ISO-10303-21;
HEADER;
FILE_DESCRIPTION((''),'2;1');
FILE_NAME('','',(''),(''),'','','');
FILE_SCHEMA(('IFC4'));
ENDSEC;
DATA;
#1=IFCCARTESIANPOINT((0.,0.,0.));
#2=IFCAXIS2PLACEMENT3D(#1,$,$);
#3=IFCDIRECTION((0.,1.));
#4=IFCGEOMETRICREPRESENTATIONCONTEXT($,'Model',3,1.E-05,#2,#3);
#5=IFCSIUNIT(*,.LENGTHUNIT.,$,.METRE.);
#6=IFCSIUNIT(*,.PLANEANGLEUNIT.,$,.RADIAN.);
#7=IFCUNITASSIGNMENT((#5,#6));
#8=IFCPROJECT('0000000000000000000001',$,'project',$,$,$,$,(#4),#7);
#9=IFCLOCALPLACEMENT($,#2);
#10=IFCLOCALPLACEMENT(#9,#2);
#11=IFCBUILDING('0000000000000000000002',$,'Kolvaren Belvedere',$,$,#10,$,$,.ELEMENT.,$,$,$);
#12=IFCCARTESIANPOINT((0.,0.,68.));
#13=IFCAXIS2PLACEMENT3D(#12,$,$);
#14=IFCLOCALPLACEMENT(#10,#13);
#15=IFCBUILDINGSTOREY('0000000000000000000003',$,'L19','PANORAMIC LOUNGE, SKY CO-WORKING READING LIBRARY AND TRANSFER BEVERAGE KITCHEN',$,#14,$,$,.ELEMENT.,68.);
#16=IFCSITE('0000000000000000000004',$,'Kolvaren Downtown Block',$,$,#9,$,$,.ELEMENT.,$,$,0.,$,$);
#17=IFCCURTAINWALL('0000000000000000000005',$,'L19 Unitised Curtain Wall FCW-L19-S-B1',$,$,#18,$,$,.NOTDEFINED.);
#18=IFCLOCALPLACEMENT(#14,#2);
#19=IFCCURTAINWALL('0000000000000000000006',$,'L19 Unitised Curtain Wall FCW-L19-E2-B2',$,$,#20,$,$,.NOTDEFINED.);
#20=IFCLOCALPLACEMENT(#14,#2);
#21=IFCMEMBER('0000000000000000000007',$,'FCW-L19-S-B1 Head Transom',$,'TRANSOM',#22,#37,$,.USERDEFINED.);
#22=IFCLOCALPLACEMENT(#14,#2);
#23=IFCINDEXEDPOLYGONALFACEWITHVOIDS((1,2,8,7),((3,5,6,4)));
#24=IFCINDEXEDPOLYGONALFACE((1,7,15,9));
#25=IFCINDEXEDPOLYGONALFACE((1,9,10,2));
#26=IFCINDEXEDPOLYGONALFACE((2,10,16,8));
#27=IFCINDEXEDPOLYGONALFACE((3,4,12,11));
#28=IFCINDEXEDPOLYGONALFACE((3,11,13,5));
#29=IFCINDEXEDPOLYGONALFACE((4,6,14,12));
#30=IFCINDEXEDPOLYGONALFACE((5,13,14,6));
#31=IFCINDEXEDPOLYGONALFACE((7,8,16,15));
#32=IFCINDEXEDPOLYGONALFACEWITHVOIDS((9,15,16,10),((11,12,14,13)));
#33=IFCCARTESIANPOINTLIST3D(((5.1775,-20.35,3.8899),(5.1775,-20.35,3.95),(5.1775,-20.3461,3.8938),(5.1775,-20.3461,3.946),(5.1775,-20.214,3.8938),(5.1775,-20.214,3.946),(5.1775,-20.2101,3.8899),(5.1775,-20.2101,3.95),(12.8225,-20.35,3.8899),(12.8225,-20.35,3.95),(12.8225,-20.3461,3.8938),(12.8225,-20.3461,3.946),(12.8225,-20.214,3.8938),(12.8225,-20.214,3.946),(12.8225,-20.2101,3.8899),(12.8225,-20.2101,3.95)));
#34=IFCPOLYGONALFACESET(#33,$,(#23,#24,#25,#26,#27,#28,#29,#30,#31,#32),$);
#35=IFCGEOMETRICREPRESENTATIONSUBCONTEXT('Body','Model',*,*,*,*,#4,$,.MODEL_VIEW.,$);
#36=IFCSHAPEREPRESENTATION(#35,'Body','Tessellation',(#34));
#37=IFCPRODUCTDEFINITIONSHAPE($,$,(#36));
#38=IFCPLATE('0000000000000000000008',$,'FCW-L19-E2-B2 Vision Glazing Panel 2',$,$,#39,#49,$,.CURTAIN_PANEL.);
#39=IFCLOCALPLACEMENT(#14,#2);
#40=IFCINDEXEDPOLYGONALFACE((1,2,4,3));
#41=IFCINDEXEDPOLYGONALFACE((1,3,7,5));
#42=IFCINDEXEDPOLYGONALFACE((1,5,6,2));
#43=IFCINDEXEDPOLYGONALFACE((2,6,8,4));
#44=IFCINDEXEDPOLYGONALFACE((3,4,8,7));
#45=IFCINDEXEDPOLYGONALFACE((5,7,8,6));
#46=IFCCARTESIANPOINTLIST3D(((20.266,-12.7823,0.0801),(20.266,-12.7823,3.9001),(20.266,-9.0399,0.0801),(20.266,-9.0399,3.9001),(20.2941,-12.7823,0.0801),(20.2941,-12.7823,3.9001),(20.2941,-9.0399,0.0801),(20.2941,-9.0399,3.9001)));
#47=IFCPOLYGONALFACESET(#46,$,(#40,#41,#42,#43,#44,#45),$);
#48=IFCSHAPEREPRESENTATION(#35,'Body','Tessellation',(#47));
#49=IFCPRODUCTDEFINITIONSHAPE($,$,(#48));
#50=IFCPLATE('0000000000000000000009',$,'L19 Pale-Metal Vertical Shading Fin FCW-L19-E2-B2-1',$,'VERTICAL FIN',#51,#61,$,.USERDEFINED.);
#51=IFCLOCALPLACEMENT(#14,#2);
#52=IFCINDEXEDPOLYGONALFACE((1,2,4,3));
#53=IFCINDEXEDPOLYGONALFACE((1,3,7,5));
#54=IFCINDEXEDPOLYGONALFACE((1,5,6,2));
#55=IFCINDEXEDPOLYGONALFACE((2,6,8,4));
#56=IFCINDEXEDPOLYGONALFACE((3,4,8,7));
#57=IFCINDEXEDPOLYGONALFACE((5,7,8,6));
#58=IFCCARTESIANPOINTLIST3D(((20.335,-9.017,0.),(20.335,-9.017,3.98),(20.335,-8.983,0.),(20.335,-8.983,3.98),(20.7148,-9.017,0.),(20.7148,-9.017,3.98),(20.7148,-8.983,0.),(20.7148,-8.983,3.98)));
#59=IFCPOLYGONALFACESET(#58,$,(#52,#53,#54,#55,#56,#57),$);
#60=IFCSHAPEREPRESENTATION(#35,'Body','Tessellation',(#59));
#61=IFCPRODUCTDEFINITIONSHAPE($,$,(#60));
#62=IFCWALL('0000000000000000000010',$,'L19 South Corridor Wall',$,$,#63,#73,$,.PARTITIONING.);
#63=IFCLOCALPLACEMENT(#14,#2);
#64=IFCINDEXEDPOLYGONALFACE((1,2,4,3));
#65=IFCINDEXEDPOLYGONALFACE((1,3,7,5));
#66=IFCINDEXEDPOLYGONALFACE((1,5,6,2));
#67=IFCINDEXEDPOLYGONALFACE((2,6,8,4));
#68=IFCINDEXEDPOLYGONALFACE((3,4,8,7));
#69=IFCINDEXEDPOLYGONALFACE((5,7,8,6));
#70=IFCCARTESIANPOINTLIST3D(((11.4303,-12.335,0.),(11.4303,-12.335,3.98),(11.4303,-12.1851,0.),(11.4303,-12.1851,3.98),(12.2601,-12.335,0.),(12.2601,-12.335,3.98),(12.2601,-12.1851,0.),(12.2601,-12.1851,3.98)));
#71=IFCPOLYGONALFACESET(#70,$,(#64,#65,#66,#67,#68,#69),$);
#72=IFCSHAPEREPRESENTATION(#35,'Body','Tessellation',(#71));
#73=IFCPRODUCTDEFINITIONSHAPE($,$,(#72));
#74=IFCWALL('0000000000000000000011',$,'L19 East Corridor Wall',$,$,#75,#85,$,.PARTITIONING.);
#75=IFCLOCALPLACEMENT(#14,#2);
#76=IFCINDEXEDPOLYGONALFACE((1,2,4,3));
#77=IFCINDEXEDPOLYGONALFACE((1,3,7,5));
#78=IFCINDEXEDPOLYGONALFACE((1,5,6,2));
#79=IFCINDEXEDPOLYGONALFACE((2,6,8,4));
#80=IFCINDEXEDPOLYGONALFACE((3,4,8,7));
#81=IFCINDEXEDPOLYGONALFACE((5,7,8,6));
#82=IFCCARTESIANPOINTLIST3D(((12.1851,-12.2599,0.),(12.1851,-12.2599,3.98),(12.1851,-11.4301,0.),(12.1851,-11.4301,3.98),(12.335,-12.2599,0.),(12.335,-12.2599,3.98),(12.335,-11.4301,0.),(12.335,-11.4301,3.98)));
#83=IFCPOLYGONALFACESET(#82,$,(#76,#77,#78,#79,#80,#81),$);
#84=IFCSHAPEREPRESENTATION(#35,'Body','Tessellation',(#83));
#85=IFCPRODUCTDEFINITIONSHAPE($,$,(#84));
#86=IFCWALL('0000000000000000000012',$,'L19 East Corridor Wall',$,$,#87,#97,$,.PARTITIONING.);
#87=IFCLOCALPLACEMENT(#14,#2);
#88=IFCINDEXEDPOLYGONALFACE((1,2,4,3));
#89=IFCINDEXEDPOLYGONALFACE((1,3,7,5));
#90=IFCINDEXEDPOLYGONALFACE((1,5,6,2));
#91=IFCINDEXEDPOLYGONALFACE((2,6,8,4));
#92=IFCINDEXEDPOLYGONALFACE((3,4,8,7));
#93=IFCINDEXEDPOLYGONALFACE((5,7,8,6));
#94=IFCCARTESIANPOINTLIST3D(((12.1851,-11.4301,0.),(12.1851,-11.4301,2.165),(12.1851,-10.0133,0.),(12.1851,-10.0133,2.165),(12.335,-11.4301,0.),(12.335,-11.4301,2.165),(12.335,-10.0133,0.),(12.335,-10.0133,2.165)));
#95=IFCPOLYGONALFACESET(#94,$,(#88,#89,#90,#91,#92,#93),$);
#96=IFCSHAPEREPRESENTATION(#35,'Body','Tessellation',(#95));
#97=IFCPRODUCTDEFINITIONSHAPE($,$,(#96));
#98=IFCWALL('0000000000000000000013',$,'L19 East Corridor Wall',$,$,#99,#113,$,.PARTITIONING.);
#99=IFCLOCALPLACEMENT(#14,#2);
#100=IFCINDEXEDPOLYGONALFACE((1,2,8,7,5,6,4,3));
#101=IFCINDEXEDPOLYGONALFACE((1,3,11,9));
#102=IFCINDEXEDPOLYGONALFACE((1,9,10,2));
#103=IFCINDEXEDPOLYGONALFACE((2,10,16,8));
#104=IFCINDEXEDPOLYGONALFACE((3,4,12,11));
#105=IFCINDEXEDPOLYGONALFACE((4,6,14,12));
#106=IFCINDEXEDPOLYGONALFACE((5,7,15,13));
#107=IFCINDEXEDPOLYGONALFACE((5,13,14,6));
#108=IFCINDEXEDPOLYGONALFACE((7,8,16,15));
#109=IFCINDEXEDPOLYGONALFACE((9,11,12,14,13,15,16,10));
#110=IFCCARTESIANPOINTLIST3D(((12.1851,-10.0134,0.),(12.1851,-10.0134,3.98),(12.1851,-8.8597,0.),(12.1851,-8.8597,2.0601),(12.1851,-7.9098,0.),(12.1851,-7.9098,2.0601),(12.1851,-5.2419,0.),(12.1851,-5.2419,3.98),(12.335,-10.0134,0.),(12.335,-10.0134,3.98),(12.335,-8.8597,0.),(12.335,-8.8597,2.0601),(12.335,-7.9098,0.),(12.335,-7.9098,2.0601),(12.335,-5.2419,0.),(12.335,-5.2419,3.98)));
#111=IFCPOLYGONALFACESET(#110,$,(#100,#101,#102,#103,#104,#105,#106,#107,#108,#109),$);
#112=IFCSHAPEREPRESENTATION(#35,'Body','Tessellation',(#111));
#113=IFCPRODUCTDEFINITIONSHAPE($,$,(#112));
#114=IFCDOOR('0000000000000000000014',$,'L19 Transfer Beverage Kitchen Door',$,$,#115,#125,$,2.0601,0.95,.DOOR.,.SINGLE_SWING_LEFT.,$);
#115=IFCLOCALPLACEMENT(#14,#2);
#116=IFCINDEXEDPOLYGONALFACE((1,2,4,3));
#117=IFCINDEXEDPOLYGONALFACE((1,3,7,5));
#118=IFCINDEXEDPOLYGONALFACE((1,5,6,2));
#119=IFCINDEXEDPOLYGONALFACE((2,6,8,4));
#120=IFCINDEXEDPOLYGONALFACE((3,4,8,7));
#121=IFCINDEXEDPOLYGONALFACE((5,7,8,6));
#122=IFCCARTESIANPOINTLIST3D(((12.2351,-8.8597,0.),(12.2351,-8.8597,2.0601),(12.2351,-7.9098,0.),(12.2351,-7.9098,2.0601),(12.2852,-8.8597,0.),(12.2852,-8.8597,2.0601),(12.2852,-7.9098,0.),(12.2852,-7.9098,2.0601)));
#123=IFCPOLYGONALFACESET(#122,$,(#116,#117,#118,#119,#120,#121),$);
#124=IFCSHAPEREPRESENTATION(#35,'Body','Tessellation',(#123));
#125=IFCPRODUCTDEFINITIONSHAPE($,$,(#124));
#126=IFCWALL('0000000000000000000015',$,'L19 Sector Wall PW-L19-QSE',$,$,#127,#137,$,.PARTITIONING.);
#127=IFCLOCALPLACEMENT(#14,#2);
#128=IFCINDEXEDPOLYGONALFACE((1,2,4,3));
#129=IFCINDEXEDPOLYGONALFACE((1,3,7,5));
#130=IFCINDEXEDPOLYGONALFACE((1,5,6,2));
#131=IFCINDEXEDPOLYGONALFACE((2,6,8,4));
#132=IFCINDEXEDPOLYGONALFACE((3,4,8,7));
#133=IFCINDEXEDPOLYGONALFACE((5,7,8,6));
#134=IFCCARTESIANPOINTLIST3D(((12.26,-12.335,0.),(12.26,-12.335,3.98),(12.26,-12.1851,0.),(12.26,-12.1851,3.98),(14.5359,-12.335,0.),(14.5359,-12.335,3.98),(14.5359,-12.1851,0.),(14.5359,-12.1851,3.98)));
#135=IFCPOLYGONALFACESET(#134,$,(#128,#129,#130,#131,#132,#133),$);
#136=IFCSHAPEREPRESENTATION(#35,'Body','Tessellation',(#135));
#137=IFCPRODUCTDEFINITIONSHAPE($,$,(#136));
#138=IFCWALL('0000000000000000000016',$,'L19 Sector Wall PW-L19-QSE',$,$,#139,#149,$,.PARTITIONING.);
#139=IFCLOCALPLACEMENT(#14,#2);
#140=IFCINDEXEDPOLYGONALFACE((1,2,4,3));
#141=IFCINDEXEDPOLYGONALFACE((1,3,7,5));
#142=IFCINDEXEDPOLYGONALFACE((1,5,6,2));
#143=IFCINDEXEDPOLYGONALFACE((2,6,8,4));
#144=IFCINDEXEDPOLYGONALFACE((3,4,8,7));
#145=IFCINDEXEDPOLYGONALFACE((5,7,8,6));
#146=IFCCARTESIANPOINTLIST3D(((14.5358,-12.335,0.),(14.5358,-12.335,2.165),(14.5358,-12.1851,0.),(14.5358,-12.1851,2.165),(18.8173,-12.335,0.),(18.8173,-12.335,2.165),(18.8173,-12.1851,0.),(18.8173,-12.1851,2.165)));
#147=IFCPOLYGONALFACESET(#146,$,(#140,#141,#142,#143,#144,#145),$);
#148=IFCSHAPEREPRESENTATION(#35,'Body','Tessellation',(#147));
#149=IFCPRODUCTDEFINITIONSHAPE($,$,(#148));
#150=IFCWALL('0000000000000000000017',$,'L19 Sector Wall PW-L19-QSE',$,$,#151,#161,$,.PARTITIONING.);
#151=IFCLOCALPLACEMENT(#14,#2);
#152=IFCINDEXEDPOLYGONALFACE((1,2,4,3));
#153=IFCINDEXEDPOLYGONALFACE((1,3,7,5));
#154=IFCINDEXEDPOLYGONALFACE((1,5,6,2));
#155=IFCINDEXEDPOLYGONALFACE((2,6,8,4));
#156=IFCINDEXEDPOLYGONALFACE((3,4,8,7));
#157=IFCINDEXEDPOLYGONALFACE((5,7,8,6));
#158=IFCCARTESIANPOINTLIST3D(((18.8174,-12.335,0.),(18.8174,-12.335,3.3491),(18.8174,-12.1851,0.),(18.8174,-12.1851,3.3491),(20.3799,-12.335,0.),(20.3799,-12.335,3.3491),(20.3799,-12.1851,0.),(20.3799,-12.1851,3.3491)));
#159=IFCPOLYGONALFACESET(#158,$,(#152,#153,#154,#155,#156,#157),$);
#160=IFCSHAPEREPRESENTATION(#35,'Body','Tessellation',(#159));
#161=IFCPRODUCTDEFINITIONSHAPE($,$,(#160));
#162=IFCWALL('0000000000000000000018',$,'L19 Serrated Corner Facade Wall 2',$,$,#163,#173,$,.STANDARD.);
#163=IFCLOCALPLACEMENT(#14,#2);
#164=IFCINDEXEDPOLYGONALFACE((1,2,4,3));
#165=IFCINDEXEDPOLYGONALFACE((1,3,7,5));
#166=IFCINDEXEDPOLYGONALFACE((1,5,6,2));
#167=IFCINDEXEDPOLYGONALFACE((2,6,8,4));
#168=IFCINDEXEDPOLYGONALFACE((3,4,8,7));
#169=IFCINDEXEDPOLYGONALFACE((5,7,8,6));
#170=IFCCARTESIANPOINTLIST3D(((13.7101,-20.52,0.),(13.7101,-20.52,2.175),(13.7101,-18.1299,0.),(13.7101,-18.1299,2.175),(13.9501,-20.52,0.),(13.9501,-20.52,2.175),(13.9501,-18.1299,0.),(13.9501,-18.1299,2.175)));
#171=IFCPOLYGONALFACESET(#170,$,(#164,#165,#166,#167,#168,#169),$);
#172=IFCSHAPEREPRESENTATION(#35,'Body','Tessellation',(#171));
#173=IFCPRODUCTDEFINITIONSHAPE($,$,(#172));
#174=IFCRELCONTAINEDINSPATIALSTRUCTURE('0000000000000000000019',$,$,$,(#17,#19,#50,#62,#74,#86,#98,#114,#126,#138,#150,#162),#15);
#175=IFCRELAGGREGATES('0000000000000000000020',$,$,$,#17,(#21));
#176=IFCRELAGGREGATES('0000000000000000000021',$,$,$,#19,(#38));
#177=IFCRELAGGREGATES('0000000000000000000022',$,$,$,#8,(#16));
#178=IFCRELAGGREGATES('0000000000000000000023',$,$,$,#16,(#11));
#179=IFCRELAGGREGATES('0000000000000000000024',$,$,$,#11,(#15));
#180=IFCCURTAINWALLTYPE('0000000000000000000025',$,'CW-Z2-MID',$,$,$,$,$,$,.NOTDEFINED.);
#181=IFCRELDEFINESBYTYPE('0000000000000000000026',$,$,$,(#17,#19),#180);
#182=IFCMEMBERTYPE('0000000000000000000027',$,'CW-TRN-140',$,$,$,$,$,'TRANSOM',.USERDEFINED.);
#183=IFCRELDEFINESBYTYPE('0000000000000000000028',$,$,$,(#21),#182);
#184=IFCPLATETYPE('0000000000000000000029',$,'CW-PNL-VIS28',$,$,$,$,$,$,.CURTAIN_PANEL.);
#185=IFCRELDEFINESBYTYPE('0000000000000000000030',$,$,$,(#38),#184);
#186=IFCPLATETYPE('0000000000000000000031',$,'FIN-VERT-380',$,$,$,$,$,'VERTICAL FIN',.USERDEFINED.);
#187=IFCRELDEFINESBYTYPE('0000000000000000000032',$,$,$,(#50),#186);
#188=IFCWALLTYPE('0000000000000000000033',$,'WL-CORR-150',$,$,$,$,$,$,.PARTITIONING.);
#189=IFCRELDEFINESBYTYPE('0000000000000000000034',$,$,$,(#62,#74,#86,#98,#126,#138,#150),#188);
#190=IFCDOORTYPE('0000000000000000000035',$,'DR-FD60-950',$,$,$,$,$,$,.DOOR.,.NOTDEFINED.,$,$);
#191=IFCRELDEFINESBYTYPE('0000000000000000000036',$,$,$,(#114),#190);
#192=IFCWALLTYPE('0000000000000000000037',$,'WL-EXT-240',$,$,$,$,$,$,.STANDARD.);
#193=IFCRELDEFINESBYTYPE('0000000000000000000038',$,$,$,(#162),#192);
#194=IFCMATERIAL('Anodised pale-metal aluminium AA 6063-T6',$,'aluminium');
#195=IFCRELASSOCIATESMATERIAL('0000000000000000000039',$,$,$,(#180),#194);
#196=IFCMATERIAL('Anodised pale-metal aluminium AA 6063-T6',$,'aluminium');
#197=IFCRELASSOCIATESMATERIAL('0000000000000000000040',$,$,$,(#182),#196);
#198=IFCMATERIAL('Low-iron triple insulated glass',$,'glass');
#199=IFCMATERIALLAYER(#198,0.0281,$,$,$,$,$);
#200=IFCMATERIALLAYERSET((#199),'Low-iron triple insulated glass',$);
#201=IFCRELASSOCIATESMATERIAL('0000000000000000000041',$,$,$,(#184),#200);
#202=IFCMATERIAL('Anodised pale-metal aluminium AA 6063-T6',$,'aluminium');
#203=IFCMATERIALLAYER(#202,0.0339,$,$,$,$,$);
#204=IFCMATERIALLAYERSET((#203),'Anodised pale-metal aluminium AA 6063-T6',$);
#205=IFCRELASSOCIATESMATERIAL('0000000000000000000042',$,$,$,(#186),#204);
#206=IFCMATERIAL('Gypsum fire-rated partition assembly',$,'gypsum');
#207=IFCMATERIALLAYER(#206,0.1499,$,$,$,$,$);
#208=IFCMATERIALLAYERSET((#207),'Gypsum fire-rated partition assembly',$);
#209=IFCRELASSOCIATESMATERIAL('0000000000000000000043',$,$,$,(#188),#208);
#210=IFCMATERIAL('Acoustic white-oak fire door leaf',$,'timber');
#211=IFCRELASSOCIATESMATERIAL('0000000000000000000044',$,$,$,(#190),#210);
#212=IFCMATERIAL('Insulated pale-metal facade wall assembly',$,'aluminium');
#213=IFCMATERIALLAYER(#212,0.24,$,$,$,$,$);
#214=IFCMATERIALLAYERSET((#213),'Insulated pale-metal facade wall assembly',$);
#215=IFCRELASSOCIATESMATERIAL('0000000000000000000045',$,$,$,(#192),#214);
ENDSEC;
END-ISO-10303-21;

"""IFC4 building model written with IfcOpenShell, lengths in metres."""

from ifc_helpers import new_model, si_unit, direction, frame, frame_2d, origin, origin_2d, place, context, subcontext, project, spatial, rectangle, hollow_rectangle, extrude, material, layer, layer_set, material_profile, profile_set, type_object, element, fill, aggregate, save


model = new_model("IFC4")

# Units and contexts
model_context = context("Model", 3, precision=1e-05, world=origin(), true_north=direction((0.0, 1.0)))
body_context = subcontext(model_context, "Body", "Model", "MODEL_VIEW")
ifc_project = project(units=[si_unit("LENGTHUNIT", "METRE"), si_unit("PLANEANGLEUNIT", "RADIAN")], contexts=[model_context])

# Site, building, storey
site_placement = place(None, origin())
site = spatial("IfcSite", under=ifc_project, at=site_placement, Name="Kolvaren Downtown Block", CompositionType="ELEMENT", RefElevation=0.0)
building_placement = place(site_placement, origin())
building = spatial("IfcBuilding", under=site, at=building_placement, Name="Kolvaren Belvedere", CompositionType="ELEMENT")
storey_placement = place(building_placement, frame((0.0, 0.0, 68.0)))
storey = spatial("IfcBuildingStorey", under=building, at=storey_placement, Name="L19", Description="PANORAMIC LOUNGE, SKY CO-WORKING READING LIBRARY AND TRANSFER BEVERAGE KITCHEN", CompositionType="ELEMENT", Elevation=68.0)

# Curtain wall
ifc_material_1 = material(Name="Anodised pale-metal aluminium AA 6063-T6", Category="aluminium")
curtain_wall_type = type_object("IfcCurtainWallType", Name="CW-Z2-MID", PredefinedType="NOTDEFINED", material=ifc_material_1)
curtain_wall_1_placement = place(storey_placement, origin())
curtain_wall_1 = element("IfcCurtainWall", 1, at=curtain_wall_1_placement, inside=storey, type_object=curtain_wall_type, Name="L19 Unitised Curtain Wall FCW-L19-S-B1", PredefinedType="NOTDEFINED")

# Curtain wall
curtain_wall_2_placement = place(storey_placement, origin())
curtain_wall_2 = element("IfcCurtainWall", 2, at=curtain_wall_2_placement, inside=storey, type_object=curtain_wall_type, Name="L19 Unitised Curtain Wall FCW-L19-E2-B2", PredefinedType="NOTDEFINED")

# Member
ifc_material_2 = material(Name="Anodised pale-metal aluminium AA 6063-T6", Category="aluminium")
ifc_material_profile_1 = material_profile(ifc_material_2, hollow_rectangle(XDim=0.0601, YDim=0.1399, WallThickness=0.0039, at=origin_2d()), Name="ALU-TRN-140X60")
ifc_profile_set_1 = profile_set([ifc_material_profile_1], Name="Anodised pale-metal aluminium AA 6063-T6")
member_type_1 = type_object("IfcMemberType", Name="CW-TRN-140", ElementType="TRANSOM", PredefinedType="USERDEFINED", material=ifc_profile_set_1)
member_1_placement = place(storey_placement, frame((12.8225, -20.28, 3.9199), z_axis=(-1.0, 0.0, 0.0), x_axis=(0.0, 0.0, 1.0)))
member_1 = element("IfcMember", 3, at=member_1_placement, type_object=member_type_1, Name="FCW-L19-S-B1 Head Transom", ObjectType="TRANSOM", PredefinedType="USERDEFINED", context=body_context, shape_type="SweptSolid", body=[
    extrude(hollow_rectangle(XDim=0.0601, YDim=0.1399, WallThickness=0.0039, at=origin_2d()), origin(), (0.0, 0.0, 1.0), 7.645),
])
aggregate(curtain_wall_1, [member_1])

# Plates
ifc_material_3 = material(Name="Low-iron triple insulated glass", Category="glass")
ifc_layer_1 = layer(ifc_material_3, 0.0281)
ifc_layer_set_1 = layer_set([ifc_layer_1], Name="Low-iron triple insulated glass")
plate_type_1 = type_object("IfcPlateType", Name="CW-PNL-VIS28", PredefinedType="CURTAIN_PANEL", material=ifc_layer_set_1)
plate_1_placement = place(storey_placement, frame((20.28, -10.9111, 0.0801), z_axis=(0.0, 0.0, 1.0), x_axis=(0.0, -1.0, 0.0)))
plate_1 = element("IfcPlate", 4, at=plate_1_placement, type_object=plate_type_1, Name="FCW-L19-E2-B2 Vision Glazing Panel 2", PredefinedType="CURTAIN_PANEL", context=body_context, shape_type="SweptSolid", body=[
    extrude(rectangle(XDim=3.7424, YDim=0.0281, at=origin_2d()), origin(), (0.0, 0.0, 1.0), 3.8201),
])
aggregate(curtain_wall_2, [plate_1])
ifc_material_4 = material(Name="Anodised pale-metal aluminium AA 6063-T6", Category="aluminium")
ifc_layer_2 = layer(ifc_material_4, 0.0339)
ifc_layer_set_2 = layer_set([ifc_layer_2], Name="Anodised pale-metal aluminium AA 6063-T6")
plate_type_2 = type_object("IfcPlateType", Name="FIN-VERT-380", ElementType="VERTICAL FIN", PredefinedType="USERDEFINED", material=ifc_layer_set_2)
plate_2_placement = place(storey_placement, frame((20.5249, -9.0, 0.0), z_axis=(0.0, 0.0, 1.0), x_axis=(1.0, 0.0, 0.0)))
element("IfcPlate", 5, at=plate_2_placement, inside=storey, type_object=plate_type_2, Name="L19 Pale-Metal Vertical Shading Fin FCW-L19-E2-B2-1", ObjectType="VERTICAL FIN", PredefinedType="USERDEFINED", context=body_context, shape_type="SweptSolid", body=[
    extrude(rectangle(XDim=0.3799, YDim=0.0339, at=origin_2d()), origin(), (0.0, 0.0, 1.0), 3.98),
])

# Walls
ifc_material_5 = material(Name="Gypsum fire-rated partition assembly", Category="gypsum")
ifc_layer_3 = layer(ifc_material_5, 0.1499)
ifc_layer_set_3 = layer_set([ifc_layer_3], Name="Gypsum fire-rated partition assembly")
wall_type_1 = type_object("IfcWallType", Name="WL-CORR-150", PredefinedType="PARTITIONING", material=ifc_layer_set_3)
for number, where, z_axis, x_axis, name in (
    (6, (11.4302, -12.26, 0.0), (0.0, 0.0, 1.0), (1.0, 0.0, 0.0), "L19 South Corridor Wall"),
    (7, (12.26, -12.26, 0.0), (0.0, 0.0, 1.0), (0.0, 1.0, 0.0), "L19 East Corridor Wall"),
):
    element("IfcWall", number, at=place(storey_placement, frame(where, z_axis=z_axis, x_axis=x_axis)), inside=storey, type_object=wall_type_1, Name=name, PredefinedType="PARTITIONING", context=body_context, shape_type="SweptSolid", body=[
        extrude(rectangle(XDim=0.8298, YDim=0.1499, at=frame_2d((0.415, 0.0))), origin(), (0.0, 0.0, 1.0), 3.98),
    ])
wall_1_placement = place(storey_placement, frame((12.26, -11.4302, 0.0), z_axis=(0.0, 0.0, 1.0), x_axis=(0.0, 1.0, 0.0)))
element("IfcWall", 8, at=wall_1_placement, inside=storey, type_object=wall_type_1, Name="L19 East Corridor Wall", PredefinedType="PARTITIONING", context=body_context, shape_type="SweptSolid", body=[
    extrude(rectangle(XDim=1.4167, YDim=0.1499, at=frame_2d((0.7085, 0.0))), origin(), (0.0, 0.0, 1.0), 2.165),
])

# Wall, opening, door
wall_2_placement = place(storey_placement, frame((12.26, -10.0134, 0.0), z_axis=(0.0, 0.0, 1.0), x_axis=(0.0, 1.0, 0.0)))
wall_2 = element("IfcWall", 9, at=wall_2_placement, inside=storey, type_object=wall_type_1, Name="L19 East Corridor Wall", PredefinedType="PARTITIONING", context=body_context, shape_type="SweptSolid", body=[
    extrude(rectangle(XDim=4.7715, YDim=0.1499, at=frame_2d((2.3857, 0.0))), origin(), (0.0, 0.0, 1.0), 3.98),
])
opening_1_placement = place(wall_2_placement, frame((1.1536, 0.0, 0.0)))
opening_1 = element("IfcOpeningElement", 10, at=opening_1_placement, cuts=wall_2, PredefinedType="OPENING", context=body_context, shape_type="SweptSolid", body=[
    extrude(rectangle(XDim=0.95, YDim=2.0601, at=frame_2d((0.4751, 1.03))), frame((0.0, 0.085, 0.0), z_axis=(0.0, -1.0, 0.0), x_axis=(1.0, 0.0, 0.0)), (0.0, 0.0, 1.0), 0.1699),
])
ifc_material_6 = material(Name="Acoustic white-oak fire door leaf", Category="timber")
door_type = type_object("IfcDoorType", Name="DR-FD60-950", OperationType="NOTDEFINED", PredefinedType="DOOR", material=ifc_material_6)
door_placement = place(opening_1_placement, origin())
door = element("IfcDoor", 11, at=door_placement, inside=storey, type_object=door_type, Name="L19 Transfer Beverage Kitchen Door", OperationType="SINGLE_SWING_LEFT", OverallHeight=2.0601, OverallWidth=0.95, PredefinedType="DOOR", context=body_context, shape_type="SweptSolid", body=[
    extrude(rectangle(XDim=0.95, YDim=2.0601, at=frame_2d((0.4751, 1.03))), frame((0.0, 0.0249, 0.0), z_axis=(0.0, -1.0, 0.0), x_axis=(1.0, 0.0, 0.0)), (0.0, 0.0, 1.0), 0.05),
])
fill(opening_1, door)

# Walls
wall_3_placement = place(storey_placement, frame((12.26, -12.26, 0.0), z_axis=(0.0, 0.0, 1.0), x_axis=(1.0, 0.0, 0.0)))
element("IfcWall", 12, at=wall_3_placement, inside=storey, type_object=wall_type_1, Name="L19 Sector Wall PW-L19-QSE", PredefinedType="PARTITIONING", context=body_context, shape_type="SweptSolid", body=[
    extrude(rectangle(XDim=2.2759, YDim=0.1499, at=frame_2d((1.1379, 0.0))), origin(), (0.0, 0.0, 1.0), 3.98),
])
wall_4_placement = place(storey_placement, frame((14.5359, -12.26, 0.0), z_axis=(0.0, 0.0, 1.0), x_axis=(1.0, 0.0, 0.0)))
element("IfcWall", 13, at=wall_4_placement, inside=storey, type_object=wall_type_1, Name="L19 Sector Wall PW-L19-QSE", PredefinedType="PARTITIONING", context=body_context, shape_type="SweptSolid", body=[
    extrude(rectangle(XDim=4.2815, YDim=0.1499, at=frame_2d((2.1406, 0.0))), origin(), (0.0, 0.0, 1.0), 2.165),
])
wall_5_placement = place(storey_placement, frame((18.8174, -12.26, 0.0), z_axis=(0.0, 0.0, 1.0), x_axis=(1.0, 0.0, 0.0)))
element("IfcWall", 14, at=wall_5_placement, inside=storey, type_object=wall_type_1, Name="L19 Sector Wall PW-L19-QSE", PredefinedType="PARTITIONING", context=body_context, shape_type="SweptSolid", body=[
    extrude(rectangle(XDim=1.5625, YDim=0.1499, at=frame_2d((0.7812, 0.0))), origin(), (0.0, 0.0, 1.0), 3.3491),
])
ifc_material_7 = material(Name="Insulated pale-metal facade wall assembly", Category="aluminium")
ifc_layer_4 = layer(ifc_material_7, 0.24)
ifc_layer_set_4 = layer_set([ifc_layer_4], Name="Insulated pale-metal facade wall assembly")
wall_type_2 = type_object("IfcWallType", Name="WL-EXT-240", PredefinedType="STANDARD", material=ifc_layer_set_4)
wall_6_placement = place(storey_placement, frame((13.8301, -18.1299, 0.0), z_axis=(0.0, 0.0, 1.0), x_axis=(0.0, -1.0, 0.0)))
element("IfcWall", 15, at=wall_6_placement, inside=storey, type_object=wall_type_2, Name="L19 Serrated Corner Facade Wall 2", PredefinedType="STANDARD", context=body_context, shape_type="SweptSolid", body=[
    extrude(rectangle(XDim=2.3901, YDim=0.24, at=frame_2d((1.1951, 0.0))), origin(), (0.0, 0.0, 1.0), 2.175),
])

save(model, "model.ifc")
